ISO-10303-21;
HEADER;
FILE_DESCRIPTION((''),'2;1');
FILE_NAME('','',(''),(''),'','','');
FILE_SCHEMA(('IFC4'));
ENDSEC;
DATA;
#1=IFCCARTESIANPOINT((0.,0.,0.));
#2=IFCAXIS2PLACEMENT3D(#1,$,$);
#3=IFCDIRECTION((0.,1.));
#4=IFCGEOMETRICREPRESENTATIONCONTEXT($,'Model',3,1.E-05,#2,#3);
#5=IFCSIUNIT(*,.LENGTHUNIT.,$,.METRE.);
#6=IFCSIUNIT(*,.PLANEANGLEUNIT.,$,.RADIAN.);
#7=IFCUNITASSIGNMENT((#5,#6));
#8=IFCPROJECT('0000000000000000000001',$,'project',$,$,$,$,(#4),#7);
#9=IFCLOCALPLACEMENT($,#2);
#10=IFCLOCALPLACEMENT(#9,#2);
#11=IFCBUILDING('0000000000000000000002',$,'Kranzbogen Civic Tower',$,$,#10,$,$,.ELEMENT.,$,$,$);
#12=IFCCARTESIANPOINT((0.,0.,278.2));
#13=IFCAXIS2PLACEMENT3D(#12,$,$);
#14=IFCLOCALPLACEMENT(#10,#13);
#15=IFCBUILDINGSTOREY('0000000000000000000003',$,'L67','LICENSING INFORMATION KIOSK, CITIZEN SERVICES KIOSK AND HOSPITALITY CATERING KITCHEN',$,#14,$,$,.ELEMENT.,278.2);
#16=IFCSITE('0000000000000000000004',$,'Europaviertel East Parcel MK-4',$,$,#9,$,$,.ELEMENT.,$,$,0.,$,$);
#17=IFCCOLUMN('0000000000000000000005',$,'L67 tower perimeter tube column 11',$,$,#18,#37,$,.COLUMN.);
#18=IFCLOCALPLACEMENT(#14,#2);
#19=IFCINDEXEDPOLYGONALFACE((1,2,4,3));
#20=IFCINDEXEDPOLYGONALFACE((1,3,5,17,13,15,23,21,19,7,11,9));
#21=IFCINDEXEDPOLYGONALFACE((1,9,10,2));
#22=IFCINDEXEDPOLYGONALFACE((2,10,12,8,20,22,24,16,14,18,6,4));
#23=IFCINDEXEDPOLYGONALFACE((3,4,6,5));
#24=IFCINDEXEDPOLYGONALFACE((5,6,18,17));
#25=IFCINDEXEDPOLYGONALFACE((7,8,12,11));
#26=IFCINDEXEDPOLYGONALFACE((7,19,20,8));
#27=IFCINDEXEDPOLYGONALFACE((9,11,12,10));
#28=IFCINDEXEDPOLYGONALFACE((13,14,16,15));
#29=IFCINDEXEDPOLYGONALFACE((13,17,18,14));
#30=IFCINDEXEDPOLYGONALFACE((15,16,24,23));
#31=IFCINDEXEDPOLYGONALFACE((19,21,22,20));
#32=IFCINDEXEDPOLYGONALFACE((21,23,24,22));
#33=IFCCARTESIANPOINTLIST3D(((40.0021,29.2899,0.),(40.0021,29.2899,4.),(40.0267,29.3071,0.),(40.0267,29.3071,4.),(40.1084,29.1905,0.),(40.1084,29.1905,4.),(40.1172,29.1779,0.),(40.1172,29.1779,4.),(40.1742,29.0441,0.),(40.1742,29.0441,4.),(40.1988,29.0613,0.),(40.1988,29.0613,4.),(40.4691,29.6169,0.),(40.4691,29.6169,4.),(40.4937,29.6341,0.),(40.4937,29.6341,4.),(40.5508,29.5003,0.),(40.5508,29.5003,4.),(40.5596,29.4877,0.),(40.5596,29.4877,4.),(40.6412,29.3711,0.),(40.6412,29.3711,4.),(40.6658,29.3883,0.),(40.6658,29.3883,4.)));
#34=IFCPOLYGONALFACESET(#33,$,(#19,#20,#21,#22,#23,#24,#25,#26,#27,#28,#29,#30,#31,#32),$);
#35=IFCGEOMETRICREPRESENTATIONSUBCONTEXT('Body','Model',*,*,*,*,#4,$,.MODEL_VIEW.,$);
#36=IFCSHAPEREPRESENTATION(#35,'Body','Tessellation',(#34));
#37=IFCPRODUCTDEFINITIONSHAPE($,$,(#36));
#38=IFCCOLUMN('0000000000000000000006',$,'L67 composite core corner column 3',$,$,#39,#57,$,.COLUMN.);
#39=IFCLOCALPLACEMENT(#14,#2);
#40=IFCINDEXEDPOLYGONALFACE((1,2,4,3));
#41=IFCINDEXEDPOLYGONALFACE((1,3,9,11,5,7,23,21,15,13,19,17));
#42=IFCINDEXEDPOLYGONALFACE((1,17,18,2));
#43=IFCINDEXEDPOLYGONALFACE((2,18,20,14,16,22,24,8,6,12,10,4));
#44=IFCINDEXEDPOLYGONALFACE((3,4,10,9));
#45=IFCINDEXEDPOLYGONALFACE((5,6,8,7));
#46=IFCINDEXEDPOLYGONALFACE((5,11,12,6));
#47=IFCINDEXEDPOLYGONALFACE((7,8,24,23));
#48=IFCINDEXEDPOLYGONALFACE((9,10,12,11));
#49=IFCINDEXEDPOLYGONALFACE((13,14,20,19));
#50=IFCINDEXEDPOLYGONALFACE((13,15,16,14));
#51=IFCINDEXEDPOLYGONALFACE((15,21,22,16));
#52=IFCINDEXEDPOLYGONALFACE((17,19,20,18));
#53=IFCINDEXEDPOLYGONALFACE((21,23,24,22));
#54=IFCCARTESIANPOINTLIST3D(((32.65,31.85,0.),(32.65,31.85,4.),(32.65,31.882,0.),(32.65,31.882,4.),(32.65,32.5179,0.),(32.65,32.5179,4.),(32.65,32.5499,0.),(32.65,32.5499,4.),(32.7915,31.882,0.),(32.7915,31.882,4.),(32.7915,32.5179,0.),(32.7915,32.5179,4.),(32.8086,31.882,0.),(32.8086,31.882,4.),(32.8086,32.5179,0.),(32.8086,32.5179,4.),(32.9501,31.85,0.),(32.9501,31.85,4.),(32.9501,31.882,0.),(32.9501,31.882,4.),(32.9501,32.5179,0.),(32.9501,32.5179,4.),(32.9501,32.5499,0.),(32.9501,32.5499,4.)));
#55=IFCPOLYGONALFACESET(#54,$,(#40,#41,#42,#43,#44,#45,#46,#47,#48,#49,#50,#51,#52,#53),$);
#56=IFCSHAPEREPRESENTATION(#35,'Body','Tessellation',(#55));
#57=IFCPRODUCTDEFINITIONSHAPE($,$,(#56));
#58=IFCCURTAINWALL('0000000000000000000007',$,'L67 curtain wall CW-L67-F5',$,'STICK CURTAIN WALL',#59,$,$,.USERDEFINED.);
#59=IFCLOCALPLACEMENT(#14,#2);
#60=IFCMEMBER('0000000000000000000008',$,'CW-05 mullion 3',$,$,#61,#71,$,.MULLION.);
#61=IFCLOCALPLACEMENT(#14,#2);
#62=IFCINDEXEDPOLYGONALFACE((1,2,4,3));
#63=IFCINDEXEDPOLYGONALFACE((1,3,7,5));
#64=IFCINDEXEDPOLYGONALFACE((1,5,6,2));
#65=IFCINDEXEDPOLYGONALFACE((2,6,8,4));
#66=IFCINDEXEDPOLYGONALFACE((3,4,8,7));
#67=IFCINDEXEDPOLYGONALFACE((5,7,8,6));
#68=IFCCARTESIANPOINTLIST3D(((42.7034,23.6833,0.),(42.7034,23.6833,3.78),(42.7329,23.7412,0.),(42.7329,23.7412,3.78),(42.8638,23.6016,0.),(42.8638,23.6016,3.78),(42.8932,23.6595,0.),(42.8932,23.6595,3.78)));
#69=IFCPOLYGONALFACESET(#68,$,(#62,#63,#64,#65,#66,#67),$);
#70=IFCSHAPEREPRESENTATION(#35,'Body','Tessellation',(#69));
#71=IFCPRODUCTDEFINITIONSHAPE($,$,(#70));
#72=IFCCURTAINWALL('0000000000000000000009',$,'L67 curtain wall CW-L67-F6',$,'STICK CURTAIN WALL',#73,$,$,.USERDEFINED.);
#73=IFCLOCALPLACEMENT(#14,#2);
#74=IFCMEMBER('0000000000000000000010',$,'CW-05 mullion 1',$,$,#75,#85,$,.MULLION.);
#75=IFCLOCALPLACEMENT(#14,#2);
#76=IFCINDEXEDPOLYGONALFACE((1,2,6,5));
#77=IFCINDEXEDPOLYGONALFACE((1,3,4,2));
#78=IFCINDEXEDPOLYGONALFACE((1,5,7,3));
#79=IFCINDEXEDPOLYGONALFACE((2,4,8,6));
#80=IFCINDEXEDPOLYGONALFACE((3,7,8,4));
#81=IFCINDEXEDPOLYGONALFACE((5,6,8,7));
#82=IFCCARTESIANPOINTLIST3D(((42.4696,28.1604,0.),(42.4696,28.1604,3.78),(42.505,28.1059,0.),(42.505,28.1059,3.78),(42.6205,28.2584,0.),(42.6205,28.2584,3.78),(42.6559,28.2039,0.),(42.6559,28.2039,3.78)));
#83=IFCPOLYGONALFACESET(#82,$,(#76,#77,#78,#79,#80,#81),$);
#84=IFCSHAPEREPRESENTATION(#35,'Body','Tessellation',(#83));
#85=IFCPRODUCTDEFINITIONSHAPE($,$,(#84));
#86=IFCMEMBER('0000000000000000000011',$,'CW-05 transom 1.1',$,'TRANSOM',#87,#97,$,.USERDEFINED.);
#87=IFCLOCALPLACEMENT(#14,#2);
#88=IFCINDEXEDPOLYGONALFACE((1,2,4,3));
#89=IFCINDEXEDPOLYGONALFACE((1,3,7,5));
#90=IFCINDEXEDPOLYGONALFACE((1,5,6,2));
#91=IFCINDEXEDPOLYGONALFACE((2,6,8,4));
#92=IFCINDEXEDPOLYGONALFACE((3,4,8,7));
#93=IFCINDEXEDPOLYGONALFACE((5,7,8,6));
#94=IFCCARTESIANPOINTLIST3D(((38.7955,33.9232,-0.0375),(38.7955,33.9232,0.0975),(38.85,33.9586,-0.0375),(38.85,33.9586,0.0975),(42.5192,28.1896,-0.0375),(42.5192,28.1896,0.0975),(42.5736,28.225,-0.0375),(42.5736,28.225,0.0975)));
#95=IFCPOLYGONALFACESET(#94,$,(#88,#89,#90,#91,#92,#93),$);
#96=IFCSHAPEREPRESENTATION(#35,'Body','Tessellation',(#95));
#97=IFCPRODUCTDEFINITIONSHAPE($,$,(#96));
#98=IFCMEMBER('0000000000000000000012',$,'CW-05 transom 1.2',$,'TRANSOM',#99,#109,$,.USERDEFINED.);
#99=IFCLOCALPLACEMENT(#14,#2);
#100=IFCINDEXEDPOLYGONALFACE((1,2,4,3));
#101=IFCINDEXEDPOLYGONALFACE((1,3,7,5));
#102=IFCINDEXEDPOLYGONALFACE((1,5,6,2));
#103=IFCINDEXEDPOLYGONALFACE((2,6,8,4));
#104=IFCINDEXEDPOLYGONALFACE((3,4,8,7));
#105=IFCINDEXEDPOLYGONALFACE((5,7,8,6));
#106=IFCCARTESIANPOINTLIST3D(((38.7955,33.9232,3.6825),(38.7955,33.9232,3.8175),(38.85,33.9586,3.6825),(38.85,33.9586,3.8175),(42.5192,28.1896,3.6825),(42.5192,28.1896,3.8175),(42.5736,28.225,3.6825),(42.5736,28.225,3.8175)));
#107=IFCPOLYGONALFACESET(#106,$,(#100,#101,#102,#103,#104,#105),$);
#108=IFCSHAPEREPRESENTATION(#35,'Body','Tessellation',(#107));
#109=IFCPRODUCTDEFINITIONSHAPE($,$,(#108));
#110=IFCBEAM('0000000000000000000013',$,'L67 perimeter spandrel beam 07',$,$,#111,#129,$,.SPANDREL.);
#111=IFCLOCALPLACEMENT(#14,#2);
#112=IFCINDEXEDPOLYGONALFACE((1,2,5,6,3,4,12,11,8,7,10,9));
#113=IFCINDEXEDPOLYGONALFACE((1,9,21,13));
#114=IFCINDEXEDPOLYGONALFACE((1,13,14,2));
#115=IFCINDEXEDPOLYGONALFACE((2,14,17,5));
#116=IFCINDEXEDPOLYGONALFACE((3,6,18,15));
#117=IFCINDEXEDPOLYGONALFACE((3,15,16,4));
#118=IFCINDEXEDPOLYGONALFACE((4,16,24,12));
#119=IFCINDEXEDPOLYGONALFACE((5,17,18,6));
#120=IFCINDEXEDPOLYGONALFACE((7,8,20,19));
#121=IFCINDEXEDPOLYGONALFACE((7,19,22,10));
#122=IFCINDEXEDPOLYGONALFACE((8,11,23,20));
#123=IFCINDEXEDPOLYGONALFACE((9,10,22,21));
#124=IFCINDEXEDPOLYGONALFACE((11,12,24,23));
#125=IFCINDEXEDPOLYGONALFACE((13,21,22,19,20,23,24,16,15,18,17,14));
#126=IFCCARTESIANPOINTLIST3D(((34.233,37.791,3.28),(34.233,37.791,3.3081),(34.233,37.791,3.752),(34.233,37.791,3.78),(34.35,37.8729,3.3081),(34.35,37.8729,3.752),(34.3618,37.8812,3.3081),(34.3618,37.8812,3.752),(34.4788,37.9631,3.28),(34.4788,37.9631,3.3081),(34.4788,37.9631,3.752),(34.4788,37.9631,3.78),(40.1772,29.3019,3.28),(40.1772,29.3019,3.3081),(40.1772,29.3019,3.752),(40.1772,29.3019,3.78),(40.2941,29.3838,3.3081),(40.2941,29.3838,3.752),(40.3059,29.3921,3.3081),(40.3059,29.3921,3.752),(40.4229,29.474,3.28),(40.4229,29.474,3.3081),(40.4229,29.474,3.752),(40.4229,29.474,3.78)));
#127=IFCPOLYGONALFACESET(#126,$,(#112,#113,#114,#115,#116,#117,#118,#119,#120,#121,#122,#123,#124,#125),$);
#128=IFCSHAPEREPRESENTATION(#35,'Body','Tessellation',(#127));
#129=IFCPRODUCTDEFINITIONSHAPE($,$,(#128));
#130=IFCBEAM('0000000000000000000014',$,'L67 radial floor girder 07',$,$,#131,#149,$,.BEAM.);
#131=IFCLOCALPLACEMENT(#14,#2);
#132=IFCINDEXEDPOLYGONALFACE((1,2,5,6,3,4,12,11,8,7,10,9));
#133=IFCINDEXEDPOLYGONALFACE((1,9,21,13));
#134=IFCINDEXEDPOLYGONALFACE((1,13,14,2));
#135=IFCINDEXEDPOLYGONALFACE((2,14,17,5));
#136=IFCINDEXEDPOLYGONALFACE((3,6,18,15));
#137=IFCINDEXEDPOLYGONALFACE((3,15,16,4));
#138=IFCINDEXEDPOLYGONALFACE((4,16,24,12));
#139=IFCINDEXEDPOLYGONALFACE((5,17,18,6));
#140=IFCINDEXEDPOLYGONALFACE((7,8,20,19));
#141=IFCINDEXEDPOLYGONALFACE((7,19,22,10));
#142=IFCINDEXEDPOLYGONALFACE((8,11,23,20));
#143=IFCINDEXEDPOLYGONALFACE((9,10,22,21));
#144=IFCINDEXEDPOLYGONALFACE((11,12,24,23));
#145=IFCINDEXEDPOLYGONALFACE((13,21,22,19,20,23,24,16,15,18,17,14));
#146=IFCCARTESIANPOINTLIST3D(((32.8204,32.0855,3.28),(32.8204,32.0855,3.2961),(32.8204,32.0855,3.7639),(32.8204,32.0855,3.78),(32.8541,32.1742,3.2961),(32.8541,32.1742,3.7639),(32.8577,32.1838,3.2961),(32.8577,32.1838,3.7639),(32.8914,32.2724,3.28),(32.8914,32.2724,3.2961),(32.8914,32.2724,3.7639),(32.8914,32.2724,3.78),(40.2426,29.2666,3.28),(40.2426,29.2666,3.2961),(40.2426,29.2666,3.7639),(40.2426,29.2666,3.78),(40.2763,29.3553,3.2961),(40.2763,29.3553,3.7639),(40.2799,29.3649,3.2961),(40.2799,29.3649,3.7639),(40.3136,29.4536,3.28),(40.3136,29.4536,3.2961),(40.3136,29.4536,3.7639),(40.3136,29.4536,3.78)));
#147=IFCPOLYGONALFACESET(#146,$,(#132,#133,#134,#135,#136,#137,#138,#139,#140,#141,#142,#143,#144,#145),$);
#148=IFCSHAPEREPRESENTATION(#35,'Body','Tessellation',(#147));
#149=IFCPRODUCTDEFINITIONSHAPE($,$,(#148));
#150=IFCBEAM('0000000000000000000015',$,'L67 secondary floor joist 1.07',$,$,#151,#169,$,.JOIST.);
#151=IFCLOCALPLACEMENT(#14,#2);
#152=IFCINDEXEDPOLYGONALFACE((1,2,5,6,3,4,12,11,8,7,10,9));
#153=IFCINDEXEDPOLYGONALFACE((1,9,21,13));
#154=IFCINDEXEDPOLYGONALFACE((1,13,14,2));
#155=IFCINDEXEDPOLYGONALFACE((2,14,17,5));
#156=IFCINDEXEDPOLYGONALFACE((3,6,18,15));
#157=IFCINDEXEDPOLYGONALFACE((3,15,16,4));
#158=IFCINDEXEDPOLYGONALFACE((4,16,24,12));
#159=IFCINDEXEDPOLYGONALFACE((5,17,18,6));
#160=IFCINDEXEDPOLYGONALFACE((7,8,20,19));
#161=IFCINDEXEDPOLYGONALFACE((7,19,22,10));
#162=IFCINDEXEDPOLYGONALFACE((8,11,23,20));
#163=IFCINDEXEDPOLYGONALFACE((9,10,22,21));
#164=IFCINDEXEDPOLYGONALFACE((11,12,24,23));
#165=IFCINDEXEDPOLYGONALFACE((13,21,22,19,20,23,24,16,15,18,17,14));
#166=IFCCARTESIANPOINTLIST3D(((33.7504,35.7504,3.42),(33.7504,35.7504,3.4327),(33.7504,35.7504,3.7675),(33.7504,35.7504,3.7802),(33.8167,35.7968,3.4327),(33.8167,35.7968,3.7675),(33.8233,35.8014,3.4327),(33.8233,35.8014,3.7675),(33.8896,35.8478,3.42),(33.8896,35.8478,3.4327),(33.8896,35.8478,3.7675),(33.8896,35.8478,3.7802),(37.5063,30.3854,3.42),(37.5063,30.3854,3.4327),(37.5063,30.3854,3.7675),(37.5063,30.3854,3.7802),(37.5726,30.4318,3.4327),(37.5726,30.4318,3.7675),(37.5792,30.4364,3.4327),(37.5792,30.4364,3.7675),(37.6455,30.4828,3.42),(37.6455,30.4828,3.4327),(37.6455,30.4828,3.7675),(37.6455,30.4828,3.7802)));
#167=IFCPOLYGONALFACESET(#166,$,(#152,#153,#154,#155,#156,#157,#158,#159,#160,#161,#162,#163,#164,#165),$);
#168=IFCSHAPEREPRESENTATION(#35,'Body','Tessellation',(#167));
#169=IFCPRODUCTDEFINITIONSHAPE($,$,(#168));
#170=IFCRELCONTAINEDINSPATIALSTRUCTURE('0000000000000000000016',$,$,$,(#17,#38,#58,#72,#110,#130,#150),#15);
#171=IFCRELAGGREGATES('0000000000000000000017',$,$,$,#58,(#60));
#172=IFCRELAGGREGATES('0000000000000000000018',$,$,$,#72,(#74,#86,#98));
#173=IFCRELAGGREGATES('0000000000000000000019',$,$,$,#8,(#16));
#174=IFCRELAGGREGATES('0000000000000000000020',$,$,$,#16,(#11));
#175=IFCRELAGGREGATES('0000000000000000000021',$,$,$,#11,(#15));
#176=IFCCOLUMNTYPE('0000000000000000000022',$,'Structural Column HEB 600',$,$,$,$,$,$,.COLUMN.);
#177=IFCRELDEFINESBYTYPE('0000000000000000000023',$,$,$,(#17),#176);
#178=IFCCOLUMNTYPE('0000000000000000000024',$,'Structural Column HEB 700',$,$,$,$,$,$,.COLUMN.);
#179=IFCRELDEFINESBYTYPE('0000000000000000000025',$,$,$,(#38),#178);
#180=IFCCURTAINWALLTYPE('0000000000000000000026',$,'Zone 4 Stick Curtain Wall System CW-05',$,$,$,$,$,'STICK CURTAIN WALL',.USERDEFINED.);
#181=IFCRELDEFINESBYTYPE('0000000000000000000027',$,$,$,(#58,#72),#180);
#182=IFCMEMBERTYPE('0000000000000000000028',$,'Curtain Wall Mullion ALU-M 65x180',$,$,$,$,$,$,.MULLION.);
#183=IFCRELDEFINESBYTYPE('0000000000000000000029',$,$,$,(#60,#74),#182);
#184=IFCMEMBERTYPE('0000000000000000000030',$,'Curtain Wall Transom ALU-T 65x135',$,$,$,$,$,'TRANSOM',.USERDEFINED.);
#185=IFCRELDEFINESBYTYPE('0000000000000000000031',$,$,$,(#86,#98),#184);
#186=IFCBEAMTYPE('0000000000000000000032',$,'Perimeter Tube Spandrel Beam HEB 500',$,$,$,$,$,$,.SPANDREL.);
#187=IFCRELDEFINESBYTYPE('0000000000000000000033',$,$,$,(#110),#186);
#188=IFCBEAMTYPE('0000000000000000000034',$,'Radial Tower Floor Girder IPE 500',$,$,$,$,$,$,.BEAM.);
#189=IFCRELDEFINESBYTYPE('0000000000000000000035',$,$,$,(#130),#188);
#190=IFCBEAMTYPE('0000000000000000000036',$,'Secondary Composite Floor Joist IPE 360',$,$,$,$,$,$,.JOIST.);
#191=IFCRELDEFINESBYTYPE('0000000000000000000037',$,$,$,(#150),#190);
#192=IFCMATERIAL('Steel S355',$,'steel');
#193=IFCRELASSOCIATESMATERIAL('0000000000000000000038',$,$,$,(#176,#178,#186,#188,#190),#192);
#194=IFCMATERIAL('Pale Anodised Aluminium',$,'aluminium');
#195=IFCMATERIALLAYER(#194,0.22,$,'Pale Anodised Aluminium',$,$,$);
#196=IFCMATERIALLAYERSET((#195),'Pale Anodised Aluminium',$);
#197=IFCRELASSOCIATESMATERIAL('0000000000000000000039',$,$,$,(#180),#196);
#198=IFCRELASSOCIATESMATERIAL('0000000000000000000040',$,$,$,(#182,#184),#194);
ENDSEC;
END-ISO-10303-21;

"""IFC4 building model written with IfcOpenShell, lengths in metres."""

from ifc_helpers import new_model, si_unit, direction, frame, origin, origin_2d, place, context, subcontext, project, spatial, rectangle, i_section, extrude, material, layer, layer_set, material_profile, profile_set, type_object, element, aggregate, save


model = new_model("IFC4")

# Units and contexts
model_context = context("Model", 3, precision=1e-05, world=origin(), true_north=direction((0.0, 1.0)))
body_context = subcontext(model_context, "Body", "Model", "MODEL_VIEW")
ifc_project = project(units=[si_unit("LENGTHUNIT", "METRE"), si_unit("PLANEANGLEUNIT", "RADIAN")], contexts=[model_context])

# Site, building, storey
site_placement = place(None, origin())
site = spatial("IfcSite", under=ifc_project, at=site_placement, Name="Europaviertel East Parcel MK-4", CompositionType="ELEMENT", RefElevation=0.0)
building_placement = place(site_placement, origin())
building = spatial("IfcBuilding", under=site, at=building_placement, Name="Kranzbogen Civic Tower", CompositionType="ELEMENT")
storey_placement = place(building_placement, frame((0.0, 0.0, 278.2)))
storey = spatial("IfcBuildingStorey", under=building, at=storey_placement, Name="L67", Description="LICENSING INFORMATION KIOSK, CITIZEN SERVICES KIOSK AND HOSPITALITY CATERING KITCHEN", CompositionType="ELEMENT", Elevation=278.2)

# Columns
ifc_material_1 = material(Name="Steel S355", Category="steel")
ifc_material_profile_1 = material_profile(ifc_material_1, i_section(OverallWidth=0.3, OverallDepth=0.6001, WebThickness=0.0154, FlangeThickness=0.03, at=origin_2d()), Name="HEB 600")
ifc_profile_set_1 = profile_set([ifc_material_profile_1], Name="Steel S355")
column_type_1 = type_object("IfcColumnType", Name="Structural Column HEB 600", PredefinedType="COLUMN", material=ifc_profile_set_1)
column_1_placement = place(storey_placement, frame((40.334, 29.3391, 0.0), z_axis=(0.0, 0.0, 1.0), x_axis=(-0.573576, 0.819152, 0.0)))
element("IfcColumn", 1, at=column_1_placement, inside=storey, type_object=column_type_1, Name="L67 tower perimeter tube column 11", PredefinedType="COLUMN", context=body_context, shape_type="SweptSolid", body=[
    extrude(i_section(OverallWidth=0.3, OverallDepth=0.6001, WebThickness=0.0154, FlangeThickness=0.03, at=origin_2d()), origin(), (0.0, 0.0, 1.0), 4.0),
])
ifc_material_profile_2 = material_profile(ifc_material_1, i_section(OverallWidth=0.3, OverallDepth=0.7, WebThickness=0.0171, FlangeThickness=0.032, at=origin_2d()), Name="HEB 700")
ifc_profile_set_2 = profile_set([ifc_material_profile_2], Name="Steel S355")
column_type_2 = type_object("IfcColumnType", Name="Structural Column HEB 700", PredefinedType="COLUMN", material=ifc_profile_set_2)
column_2_placement = place(storey_placement, frame((32.8, 32.2, 0.0), z_axis=(0.0, 0.0, 1.0), x_axis=(1.0, 0.0, 0.0)))
element("IfcColumn", 2, at=column_2_placement, inside=storey, type_object=column_type_2, Name="L67 composite core corner column 3", PredefinedType="COLUMN", context=body_context, shape_type="SweptSolid", body=[
    extrude(i_section(OverallWidth=0.3, OverallDepth=0.7, WebThickness=0.0171, FlangeThickness=0.032, at=origin_2d()), origin(), (0.0, 0.0, 1.0), 4.0),
])

# Curtain wall, member
ifc_material_2 = material(Name="Pale Anodised Aluminium", Category="aluminium")
ifc_layer_1 = layer(ifc_material_2, 0.22, Name="Pale Anodised Aluminium")
ifc_layer_set_1 = layer_set([ifc_layer_1], Name="Pale Anodised Aluminium")
curtain_wall_type = type_object("IfcCurtainWallType", Name="Zone 4 Stick Curtain Wall System CW-05", ElementType="STICK CURTAIN WALL", PredefinedType="USERDEFINED", material=ifc_layer_set_1)
curtain_wall_1_placement = place(storey_placement, origin())
curtain_wall_1 = element("IfcCurtainWall", 3, at=curtain_wall_1_placement, inside=storey, type_object=curtain_wall_type, Name="L67 curtain wall CW-L67-F5", ObjectType="STICK CURTAIN WALL", PredefinedType="USERDEFINED")
ifc_material_profile_3 = material_profile(ifc_material_2, rectangle(XDim=0.0649, YDim=0.1799, at=origin_2d()), Name="ALU-M 65x180")
ifc_profile_set_3 = profile_set([ifc_material_profile_3], Name="Pale Anodised Aluminium")
member_type_1 = type_object("IfcMemberType", Name="Curtain Wall Mullion ALU-M 65x180", PredefinedType="MULLION", material=ifc_profile_set_3)
member_1_placement = place(storey_placement, frame((42.7983, 23.6714, 0.0), z_axis=(0.0, 0.0, 1.0), x_axis=(0.4539, 0.891053, 0.0)))
member_1 = element("IfcMember", 4, at=member_1_placement, type_object=member_type_1, Name="CW-05 mullion 3", PredefinedType="MULLION", context=body_context, shape_type="SweptSolid", body=[
    extrude(rectangle(XDim=0.0649, YDim=0.1799, at=origin_2d()), origin(), (0.0, 0.0, 1.0), 3.78),
])
aggregate(curtain_wall_1, [member_1])

# Curtain wall, members
curtain_wall_2_placement = place(storey_placement, origin())
curtain_wall_2 = element("IfcCurtainWall", 5, at=curtain_wall_2_placement, inside=storey, type_object=curtain_wall_type, Name="L67 curtain wall CW-L67-F6", ObjectType="STICK CURTAIN WALL", PredefinedType="USERDEFINED")
member_2_placement = place(storey_placement, frame((42.5627, 28.1821, 0.0), z_axis=(0.0, 0.0, 1.0), x_axis=(-0.544648, 0.838665, 0.0)))
member_2 = element("IfcMember", 6, at=member_2_placement, type_object=member_type_1, Name="CW-05 mullion 1", PredefinedType="MULLION", context=body_context, shape_type="SweptSolid", body=[
    extrude(rectangle(XDim=0.0649, YDim=0.1799, at=origin_2d()), origin(), (0.0, 0.0, 1.0), 3.78),
])
ifc_material_profile_4 = material_profile(ifc_material_2, rectangle(XDim=0.0649, YDim=0.135, at=origin_2d()), Name="ALU-T 65x135")
ifc_profile_set_4 = profile_set([ifc_material_profile_4], Name="Pale Anodised Aluminium")
member_type_2 = type_object("IfcMemberType", Name="Curtain Wall Transom ALU-T 65x135", ElementType="TRANSOM", PredefinedType="USERDEFINED", material=ifc_profile_set_4)
member_3_placement = place(storey_placement, frame((42.5464, 28.2073, 0.03), z_axis=(-0.544656, 0.83866, 0.0), x_axis=(-0.83866, -0.544656, 0.0)))
member_3 = element("IfcMember", 7, at=member_3_placement, type_object=member_type_2, Name="CW-05 transom 1.1", ObjectType="TRANSOM", PredefinedType="USERDEFINED", context=body_context, shape_type="SweptSolid", body=[
    extrude(rectangle(XDim=0.0649, YDim=0.135, at=origin_2d()), origin(), (0.0, 0.0, 1.0), 6.8367),
])
member_4_placement = place(storey_placement, frame((42.5464, 28.2073, 3.75), z_axis=(-0.544656, 0.83866, 0.0), x_axis=(-0.83866, -0.544656, 0.0)))
member_4 = element("IfcMember", 8, at=member_4_placement, type_object=member_type_2, Name="CW-05 transom 1.2", ObjectType="TRANSOM", PredefinedType="USERDEFINED", context=body_context, shape_type="SweptSolid", body=[
    extrude(rectangle(XDim=0.0649, YDim=0.135, at=origin_2d()), origin(), (0.0, 0.0, 1.0), 6.8367),
])

# Beams
ifc_material_profile_5 = material_profile(ifc_material_1, i_section(OverallWidth=0.3, OverallDepth=0.5, WebThickness=0.0144, FlangeThickness=0.0281, at=origin_2d()), Name="HEB 500")
ifc_profile_set_5 = profile_set([ifc_material_profile_5], Name="Steel S355")
beam_type_1 = type_object("IfcBeamType", Name="Perimeter Tube Spandrel Beam HEB 500", PredefinedType="SPANDREL", material=ifc_profile_set_5)
beam_1_placement = place(storey_placement, frame((40.3, 29.3879, 3.53), z_axis=(-0.573578, 0.819151, 0.0), x_axis=(-0.819151, -0.573578, 0.0)))
element("IfcBeam", 9, at=beam_1_placement, inside=storey, type_object=beam_type_1, Name="L67 perimeter spandrel beam 07", PredefinedType="SPANDREL", context=body_context, shape_type="SweptSolid", body=[
    extrude(i_section(OverallWidth=0.3, OverallDepth=0.5, WebThickness=0.0144, FlangeThickness=0.0281, at=origin_2d()), origin(), (0.0, 0.0, 1.0), 10.3633),
])
ifc_material_profile_6 = material_profile(ifc_material_1, i_section(OverallWidth=0.2, OverallDepth=0.5, WebThickness=0.0103, FlangeThickness=0.0161, at=origin_2d()), Name="IPE 500")
ifc_profile_set_6 = profile_set([ifc_material_profile_6], Name="Steel S355")
beam_type_2 = type_object("IfcBeamType", Name="Radial Tower Floor Girder IPE 500", PredefinedType="BEAM", material=ifc_profile_set_6)
beam_2_placement = place(storey_placement, frame((40.2781, 29.3601, 3.53), z_axis=(-0.934849, 0.355046, 0.0), x_axis=(-0.355046, -0.934849, 0.0)))
element("IfcBeam", 10, at=beam_2_placement, inside=storey, type_object=beam_type_2, Name="L67 radial floor girder 07", PredefinedType="BEAM", context=body_context, shape_type="SweptSolid", body=[
    extrude(i_section(OverallWidth=0.2, OverallDepth=0.5, WebThickness=0.0103, FlangeThickness=0.0161, at=origin_2d()), origin(), (0.0, 0.0, 1.0), 7.9395),
])
ifc_material_profile_7 = material_profile(ifc_material_1, i_section(OverallWidth=0.1699, OverallDepth=0.3601, WebThickness=0.0081, FlangeThickness=0.0127, at=origin_2d()), Name="IPE 360")
ifc_profile_set_7 = profile_set([ifc_material_profile_7], Name="Steel S355")
beam_type_3 = type_object("IfcBeamType", Name="Secondary Composite Floor Joist IPE 360", PredefinedType="JOIST", material=ifc_profile_set_7)
beam_3_placement = place(storey_placement, frame((37.5759, 30.4341, 3.6001), z_axis=(-0.5735, 0.819206, 0.0), x_axis=(-0.819206, -0.5735, 0.0)))
element("IfcBeam", 11, at=beam_3_placement, inside=storey, type_object=beam_type_3, Name="L67 secondary floor joist 1.07", PredefinedType="JOIST", context=body_context, shape_type="SweptSolid", body=[
    extrude(i_section(OverallWidth=0.1699, OverallDepth=0.3601, WebThickness=0.0081, FlangeThickness=0.0127, at=origin_2d()), origin(), (0.0, 0.0, 1.0), 6.5491),
])

aggregate(curtain_wall_2, [member_2, member_3, member_4])

save(model, "model.ifc")
